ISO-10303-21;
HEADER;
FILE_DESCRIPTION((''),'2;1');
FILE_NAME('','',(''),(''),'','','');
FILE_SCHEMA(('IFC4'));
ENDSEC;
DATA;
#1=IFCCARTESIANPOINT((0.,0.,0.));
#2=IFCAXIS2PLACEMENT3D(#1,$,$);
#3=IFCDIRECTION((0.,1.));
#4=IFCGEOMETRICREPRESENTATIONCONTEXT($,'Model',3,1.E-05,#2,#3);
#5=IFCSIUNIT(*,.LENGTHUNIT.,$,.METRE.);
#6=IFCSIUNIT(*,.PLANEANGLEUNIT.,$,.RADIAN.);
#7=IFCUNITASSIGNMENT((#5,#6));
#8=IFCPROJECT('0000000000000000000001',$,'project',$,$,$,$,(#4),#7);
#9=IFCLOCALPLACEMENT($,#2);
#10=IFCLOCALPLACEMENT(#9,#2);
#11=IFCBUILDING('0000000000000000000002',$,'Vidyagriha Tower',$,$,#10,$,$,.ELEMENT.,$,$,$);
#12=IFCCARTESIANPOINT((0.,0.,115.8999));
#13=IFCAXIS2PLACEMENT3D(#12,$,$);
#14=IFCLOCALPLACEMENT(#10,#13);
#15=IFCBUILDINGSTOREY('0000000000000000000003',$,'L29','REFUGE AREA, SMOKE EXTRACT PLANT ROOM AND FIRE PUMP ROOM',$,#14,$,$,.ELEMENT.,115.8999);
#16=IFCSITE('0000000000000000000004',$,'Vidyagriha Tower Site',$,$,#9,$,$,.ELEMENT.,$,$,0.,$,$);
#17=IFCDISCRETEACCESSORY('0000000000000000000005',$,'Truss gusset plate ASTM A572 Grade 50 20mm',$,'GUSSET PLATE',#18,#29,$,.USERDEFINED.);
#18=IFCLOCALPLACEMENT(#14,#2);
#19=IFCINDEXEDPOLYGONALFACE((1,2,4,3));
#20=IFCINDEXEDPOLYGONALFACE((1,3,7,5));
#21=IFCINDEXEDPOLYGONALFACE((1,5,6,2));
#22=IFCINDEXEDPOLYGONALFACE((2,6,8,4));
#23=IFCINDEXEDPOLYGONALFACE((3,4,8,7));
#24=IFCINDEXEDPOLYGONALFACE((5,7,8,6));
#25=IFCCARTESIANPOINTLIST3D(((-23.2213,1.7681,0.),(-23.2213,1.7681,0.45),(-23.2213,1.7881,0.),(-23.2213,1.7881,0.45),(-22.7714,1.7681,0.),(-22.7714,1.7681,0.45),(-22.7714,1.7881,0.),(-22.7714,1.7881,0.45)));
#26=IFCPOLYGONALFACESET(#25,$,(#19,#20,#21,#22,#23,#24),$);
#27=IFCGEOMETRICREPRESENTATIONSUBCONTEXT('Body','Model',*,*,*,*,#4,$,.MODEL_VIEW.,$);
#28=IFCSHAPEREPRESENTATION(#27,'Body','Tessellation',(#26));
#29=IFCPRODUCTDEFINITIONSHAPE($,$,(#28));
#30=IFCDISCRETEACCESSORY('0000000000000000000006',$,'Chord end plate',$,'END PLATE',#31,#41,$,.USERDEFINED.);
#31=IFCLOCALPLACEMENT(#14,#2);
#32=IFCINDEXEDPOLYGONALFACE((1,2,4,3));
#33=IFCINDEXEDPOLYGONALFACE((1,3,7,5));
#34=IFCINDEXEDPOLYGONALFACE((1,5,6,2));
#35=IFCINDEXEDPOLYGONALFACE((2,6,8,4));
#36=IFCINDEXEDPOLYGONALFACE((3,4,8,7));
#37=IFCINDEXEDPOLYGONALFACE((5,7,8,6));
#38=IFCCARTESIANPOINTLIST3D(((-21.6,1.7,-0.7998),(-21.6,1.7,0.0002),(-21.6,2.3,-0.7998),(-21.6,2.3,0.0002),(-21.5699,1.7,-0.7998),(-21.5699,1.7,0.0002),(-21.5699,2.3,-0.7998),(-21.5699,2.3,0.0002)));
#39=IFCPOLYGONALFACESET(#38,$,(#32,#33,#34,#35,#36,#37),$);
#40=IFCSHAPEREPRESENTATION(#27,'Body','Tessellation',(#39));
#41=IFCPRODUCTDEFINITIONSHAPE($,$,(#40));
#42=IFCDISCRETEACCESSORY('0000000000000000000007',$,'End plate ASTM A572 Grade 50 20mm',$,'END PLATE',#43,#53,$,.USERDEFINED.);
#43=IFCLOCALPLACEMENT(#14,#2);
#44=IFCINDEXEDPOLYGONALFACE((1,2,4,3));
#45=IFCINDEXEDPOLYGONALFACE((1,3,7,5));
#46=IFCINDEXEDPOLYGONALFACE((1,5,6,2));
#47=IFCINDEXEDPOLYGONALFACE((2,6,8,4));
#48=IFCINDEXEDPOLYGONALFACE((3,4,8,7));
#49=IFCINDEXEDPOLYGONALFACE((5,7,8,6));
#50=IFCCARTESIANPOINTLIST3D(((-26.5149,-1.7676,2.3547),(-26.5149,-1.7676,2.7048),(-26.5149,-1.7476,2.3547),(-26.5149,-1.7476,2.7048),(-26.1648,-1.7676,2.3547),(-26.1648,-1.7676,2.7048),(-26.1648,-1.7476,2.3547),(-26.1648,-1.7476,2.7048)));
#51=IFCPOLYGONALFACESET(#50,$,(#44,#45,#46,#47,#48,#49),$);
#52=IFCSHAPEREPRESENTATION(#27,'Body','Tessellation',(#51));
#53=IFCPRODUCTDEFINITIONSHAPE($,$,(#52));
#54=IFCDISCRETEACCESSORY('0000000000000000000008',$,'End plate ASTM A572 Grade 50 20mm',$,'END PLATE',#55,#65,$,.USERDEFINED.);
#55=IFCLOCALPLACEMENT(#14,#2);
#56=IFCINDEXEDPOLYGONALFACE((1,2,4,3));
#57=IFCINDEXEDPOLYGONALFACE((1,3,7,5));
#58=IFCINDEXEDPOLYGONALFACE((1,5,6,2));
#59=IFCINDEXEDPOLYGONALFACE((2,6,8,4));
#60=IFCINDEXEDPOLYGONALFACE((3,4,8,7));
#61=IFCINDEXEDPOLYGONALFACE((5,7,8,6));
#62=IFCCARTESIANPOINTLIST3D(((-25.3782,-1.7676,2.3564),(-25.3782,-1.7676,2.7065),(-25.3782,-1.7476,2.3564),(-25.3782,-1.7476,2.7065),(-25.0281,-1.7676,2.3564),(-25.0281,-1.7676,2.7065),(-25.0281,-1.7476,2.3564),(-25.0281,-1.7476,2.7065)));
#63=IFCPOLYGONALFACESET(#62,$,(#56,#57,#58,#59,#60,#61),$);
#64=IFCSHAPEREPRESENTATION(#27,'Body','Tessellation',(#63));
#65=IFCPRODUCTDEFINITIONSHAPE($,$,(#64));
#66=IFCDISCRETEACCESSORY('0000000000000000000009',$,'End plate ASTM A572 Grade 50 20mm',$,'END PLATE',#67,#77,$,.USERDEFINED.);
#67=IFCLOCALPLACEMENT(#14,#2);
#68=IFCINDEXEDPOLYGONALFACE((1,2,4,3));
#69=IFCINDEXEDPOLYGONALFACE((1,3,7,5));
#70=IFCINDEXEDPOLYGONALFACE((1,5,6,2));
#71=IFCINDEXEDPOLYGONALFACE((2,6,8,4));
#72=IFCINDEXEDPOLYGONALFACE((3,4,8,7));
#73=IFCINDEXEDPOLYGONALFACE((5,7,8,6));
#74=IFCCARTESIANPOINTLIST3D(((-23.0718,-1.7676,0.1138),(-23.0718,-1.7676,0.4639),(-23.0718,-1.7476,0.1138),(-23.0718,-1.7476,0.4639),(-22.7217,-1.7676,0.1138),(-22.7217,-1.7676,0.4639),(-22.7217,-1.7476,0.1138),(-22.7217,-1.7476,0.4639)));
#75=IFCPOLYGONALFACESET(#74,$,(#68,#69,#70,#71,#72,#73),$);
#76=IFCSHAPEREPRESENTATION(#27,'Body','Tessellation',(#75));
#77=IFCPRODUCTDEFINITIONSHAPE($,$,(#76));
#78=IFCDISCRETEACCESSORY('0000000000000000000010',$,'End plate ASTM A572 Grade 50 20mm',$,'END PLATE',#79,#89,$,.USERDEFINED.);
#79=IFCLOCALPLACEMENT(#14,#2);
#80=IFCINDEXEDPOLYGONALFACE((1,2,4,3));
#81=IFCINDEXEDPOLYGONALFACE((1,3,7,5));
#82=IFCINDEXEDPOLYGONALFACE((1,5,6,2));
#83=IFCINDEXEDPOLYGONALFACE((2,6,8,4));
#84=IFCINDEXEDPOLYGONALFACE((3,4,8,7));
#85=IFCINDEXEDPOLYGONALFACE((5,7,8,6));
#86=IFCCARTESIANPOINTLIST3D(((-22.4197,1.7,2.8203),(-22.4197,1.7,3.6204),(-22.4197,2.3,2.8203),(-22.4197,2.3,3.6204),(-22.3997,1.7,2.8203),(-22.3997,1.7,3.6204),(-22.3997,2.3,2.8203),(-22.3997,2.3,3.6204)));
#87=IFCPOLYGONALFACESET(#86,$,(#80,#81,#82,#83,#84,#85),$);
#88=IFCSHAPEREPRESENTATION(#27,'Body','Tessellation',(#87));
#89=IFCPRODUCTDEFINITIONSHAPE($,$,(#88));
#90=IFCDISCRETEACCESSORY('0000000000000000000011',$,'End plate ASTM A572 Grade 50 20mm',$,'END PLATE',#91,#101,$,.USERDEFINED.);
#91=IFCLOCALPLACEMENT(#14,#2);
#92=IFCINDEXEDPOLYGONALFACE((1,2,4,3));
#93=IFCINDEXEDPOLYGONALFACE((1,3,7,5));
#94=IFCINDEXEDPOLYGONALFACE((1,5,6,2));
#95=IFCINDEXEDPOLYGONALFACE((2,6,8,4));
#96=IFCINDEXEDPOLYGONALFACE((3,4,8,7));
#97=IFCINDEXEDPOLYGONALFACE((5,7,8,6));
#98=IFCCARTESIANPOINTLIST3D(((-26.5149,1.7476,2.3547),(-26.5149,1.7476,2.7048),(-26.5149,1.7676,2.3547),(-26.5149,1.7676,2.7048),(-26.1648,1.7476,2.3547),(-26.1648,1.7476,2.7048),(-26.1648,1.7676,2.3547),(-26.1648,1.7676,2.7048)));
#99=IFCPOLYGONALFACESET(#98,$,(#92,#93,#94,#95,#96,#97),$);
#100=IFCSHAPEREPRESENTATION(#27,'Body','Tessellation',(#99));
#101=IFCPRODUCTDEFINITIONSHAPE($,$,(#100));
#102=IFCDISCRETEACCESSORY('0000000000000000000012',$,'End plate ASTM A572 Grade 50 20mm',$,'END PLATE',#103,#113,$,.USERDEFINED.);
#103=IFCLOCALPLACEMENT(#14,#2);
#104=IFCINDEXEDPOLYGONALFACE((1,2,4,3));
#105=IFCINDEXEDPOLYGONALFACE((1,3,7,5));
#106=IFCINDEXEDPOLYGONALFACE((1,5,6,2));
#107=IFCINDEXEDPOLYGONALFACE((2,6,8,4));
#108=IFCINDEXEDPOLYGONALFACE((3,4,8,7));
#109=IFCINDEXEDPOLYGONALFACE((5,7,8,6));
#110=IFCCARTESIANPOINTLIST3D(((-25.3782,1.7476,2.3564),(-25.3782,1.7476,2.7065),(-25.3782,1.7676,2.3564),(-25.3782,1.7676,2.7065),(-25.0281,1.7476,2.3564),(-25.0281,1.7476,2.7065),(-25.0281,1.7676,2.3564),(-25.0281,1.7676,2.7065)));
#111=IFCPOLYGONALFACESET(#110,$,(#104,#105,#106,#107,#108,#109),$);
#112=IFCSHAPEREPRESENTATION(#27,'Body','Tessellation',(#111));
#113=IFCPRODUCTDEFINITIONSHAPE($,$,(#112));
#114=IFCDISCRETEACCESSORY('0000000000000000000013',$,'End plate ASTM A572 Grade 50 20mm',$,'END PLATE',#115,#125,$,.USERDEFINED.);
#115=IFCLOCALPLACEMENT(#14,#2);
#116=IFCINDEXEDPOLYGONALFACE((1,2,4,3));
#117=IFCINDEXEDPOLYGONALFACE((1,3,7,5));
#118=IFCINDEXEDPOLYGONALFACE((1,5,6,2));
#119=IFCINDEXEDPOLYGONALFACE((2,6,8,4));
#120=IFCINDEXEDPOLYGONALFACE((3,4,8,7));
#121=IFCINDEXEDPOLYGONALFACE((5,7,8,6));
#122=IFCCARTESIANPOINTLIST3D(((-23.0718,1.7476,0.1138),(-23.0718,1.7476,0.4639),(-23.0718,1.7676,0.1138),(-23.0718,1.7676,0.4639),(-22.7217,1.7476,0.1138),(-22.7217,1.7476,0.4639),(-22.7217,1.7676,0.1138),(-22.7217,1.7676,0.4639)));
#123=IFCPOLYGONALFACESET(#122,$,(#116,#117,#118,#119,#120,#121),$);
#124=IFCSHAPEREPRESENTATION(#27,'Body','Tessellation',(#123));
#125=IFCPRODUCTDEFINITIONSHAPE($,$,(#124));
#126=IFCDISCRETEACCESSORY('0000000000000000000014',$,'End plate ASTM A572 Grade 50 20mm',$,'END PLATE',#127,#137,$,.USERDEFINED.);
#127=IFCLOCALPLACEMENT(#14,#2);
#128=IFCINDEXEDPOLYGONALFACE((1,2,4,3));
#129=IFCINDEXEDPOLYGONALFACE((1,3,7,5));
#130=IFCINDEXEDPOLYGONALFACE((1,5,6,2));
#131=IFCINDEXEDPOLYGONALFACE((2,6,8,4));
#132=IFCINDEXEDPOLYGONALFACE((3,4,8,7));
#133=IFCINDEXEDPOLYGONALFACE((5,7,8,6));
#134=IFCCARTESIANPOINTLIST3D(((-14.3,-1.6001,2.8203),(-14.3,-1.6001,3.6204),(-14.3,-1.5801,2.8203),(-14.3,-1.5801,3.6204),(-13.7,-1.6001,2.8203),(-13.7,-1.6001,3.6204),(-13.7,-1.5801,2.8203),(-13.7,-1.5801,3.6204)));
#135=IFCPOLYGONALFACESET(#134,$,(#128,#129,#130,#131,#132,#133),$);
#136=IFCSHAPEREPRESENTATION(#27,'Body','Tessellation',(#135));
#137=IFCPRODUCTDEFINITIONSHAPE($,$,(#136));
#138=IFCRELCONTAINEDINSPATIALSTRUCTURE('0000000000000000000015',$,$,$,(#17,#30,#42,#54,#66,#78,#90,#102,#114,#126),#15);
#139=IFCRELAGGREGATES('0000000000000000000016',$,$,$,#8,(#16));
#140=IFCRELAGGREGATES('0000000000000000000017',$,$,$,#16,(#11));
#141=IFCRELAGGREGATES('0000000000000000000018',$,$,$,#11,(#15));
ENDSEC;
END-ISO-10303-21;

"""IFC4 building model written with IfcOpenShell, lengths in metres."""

from ifc_helpers import new_model, si_unit, direction, frame, origin, origin_2d, place, context, subcontext, project, spatial, rectangle, extrude, element, save


model = new_model("IFC4")

# Units and contexts
model_context = context("Model", 3, precision=1e-05, world=origin(), true_north=direction((0.0, 1.0)))
body_context = subcontext(model_context, "Body", "Model", "MODEL_VIEW")
ifc_project = project(units=[si_unit("LENGTHUNIT", "METRE"), si_unit("PLANEANGLEUNIT", "RADIAN")], contexts=[model_context])

# Site, building, storey
site_placement = place(None, origin())
site = spatial("IfcSite", under=ifc_project, at=site_placement, Name="Vidyagriha Tower Site", CompositionType="ELEMENT", RefElevation=0.0)
building_placement = place(site_placement, origin())
building = spatial("IfcBuilding", under=site, at=building_placement, Name="Vidyagriha Tower", CompositionType="ELEMENT")
storey_placement = place(building_placement, frame((0.0, 0.0, 115.8999)))
storey = spatial("IfcBuildingStorey", under=building, at=storey_placement, Name="L29", Description="REFUGE AREA, SMOKE EXTRACT PLANT ROOM AND FIRE PUMP ROOM", CompositionType="ELEMENT", Elevation=115.8999)

# Discrete accessories
for number, where, name in (
    (1, (-22.9963, 1.7781, 0.0), "Truss gusset plate ASTM A572 Grade 50 20mm"),
):
    element("IfcDiscreteAccessory", number, at=place(storey_placement, frame(where)), inside=storey, Name=name, ObjectType="GUSSET PLATE", PredefinedType="USERDEFINED", context=body_context, shape_type="SweptSolid", body=[
        extrude(rectangle(XDim=0.45, YDim=0.02, at=origin_2d()), origin(), (0.0, 0.0, 1.0), 0.45),
    ])
discrete_accessory_1_placement = place(storey_placement, frame((-21.585, 2.0, -0.7998)))
element("IfcDiscreteAccessory", 2, at=discrete_accessory_1_placement, inside=storey, Name="Chord end plate", ObjectType="END PLATE", PredefinedType="USERDEFINED", context=body_context, shape_type="SweptSolid", body=[
    extrude(rectangle(XDim=0.03, YDim=0.6001, at=origin_2d()), origin(), (0.0, 0.0, 1.0), 0.8),
])
discrete_accessory_2_placement = place(storey_placement, frame((-26.3398, -1.7576, 2.3547)))
element("IfcDiscreteAccessory", 3, at=discrete_accessory_2_placement, inside=storey, Name="End plate ASTM A572 Grade 50 20mm", ObjectType="END PLATE", PredefinedType="USERDEFINED", context=body_context, shape_type="SweptSolid", body=[
    extrude(rectangle(XDim=0.3501, YDim=0.02, at=origin_2d()), origin(), (0.0, 0.0, 1.0), 0.3501),
])
discrete_accessory_3_placement = place(storey_placement, frame((-25.2031, -1.7576, 2.3564), z_axis=(0.0, 0.0, 1.0), x_axis=(-1.0, 0.0, 0.0)))
element("IfcDiscreteAccessory", 4, at=discrete_accessory_3_placement, inside=storey, Name="End plate ASTM A572 Grade 50 20mm", ObjectType="END PLATE", PredefinedType="USERDEFINED", context=body_context, shape_type="SweptSolid", body=[
    extrude(rectangle(XDim=0.3501, YDim=0.02, at=origin_2d()), origin(), (0.0, 0.0, 1.0), 0.3501),
])
discrete_accessory_4_placement = place(storey_placement, frame((-22.8967, -1.7576, 0.1138)))
element("IfcDiscreteAccessory", 5, at=discrete_accessory_4_placement, inside=storey, Name="End plate ASTM A572 Grade 50 20mm", ObjectType="END PLATE", PredefinedType="USERDEFINED", context=body_context, shape_type="SweptSolid", body=[
    extrude(rectangle(XDim=0.3501, YDim=0.02, at=origin_2d()), origin(), (0.0, 0.0, 1.0), 0.3501),
])
discrete_accessory_5_placement = place(storey_placement, frame((-22.4097, 2.0, 2.8203)))
element("IfcDiscreteAccessory", 6, at=discrete_accessory_5_placement, inside=storey, Name="End plate ASTM A572 Grade 50 20mm", ObjectType="END PLATE", PredefinedType="USERDEFINED", context=body_context, shape_type="SweptSolid", body=[
    extrude(rectangle(XDim=0.02, YDim=0.6001, at=origin_2d()), origin(), (0.0, 0.0, 1.0), 0.8),
])
discrete_accessory_6_placement = place(storey_placement, frame((-26.3398, 1.7576, 2.3547)))
element("IfcDiscreteAccessory", 7, at=discrete_accessory_6_placement, inside=storey, Name="End plate ASTM A572 Grade 50 20mm", ObjectType="END PLATE", PredefinedType="USERDEFINED", context=body_context, shape_type="SweptSolid", body=[
    extrude(rectangle(XDim=0.3501, YDim=0.02, at=origin_2d()), origin(), (0.0, 0.0, 1.0), 0.3501),
])
discrete_accessory_7_placement = place(storey_placement, frame((-25.2031, 1.7576, 2.3564), z_axis=(0.0, 0.0, 1.0), x_axis=(-1.0, 0.0, 0.0)))
element("IfcDiscreteAccessory", 8, at=discrete_accessory_7_placement, inside=storey, Name="End plate ASTM A572 Grade 50 20mm", ObjectType="END PLATE", PredefinedType="USERDEFINED", context=body_context, shape_type="SweptSolid", body=[
    extrude(rectangle(XDim=0.3501, YDim=0.02, at=origin_2d()), origin(), (0.0, 0.0, 1.0), 0.3501),
])
discrete_accessory_8_placement = place(storey_placement, frame((-22.8967, 1.7576, 0.1138)))
element("IfcDiscreteAccessory", 9, at=discrete_accessory_8_placement, inside=storey, Name="End plate ASTM A572 Grade 50 20mm", ObjectType="END PLATE", PredefinedType="USERDEFINED", context=body_context, shape_type="SweptSolid", body=[
    extrude(rectangle(XDim=0.3501, YDim=0.02, at=origin_2d()), origin(), (0.0, 0.0, 1.0), 0.3501),
])
discrete_accessory_9_placement = place(storey_placement, frame((-14.0, -1.5901, 2.8203), z_axis=(0.0, 0.0, 1.0), x_axis=(0.0, -1.0, 0.0)))
element("IfcDiscreteAccessory", 10, at=discrete_accessory_9_placement, inside=storey, Name="End plate ASTM A572 Grade 50 20mm", ObjectType="END PLATE", PredefinedType="USERDEFINED", context=body_context, shape_type="SweptSolid", body=[
    extrude(rectangle(XDim=0.02, YDim=0.6001, at=origin_2d()), origin(), (0.0, 0.0, 1.0), 0.8),
])

save(model, "model.ifc")
